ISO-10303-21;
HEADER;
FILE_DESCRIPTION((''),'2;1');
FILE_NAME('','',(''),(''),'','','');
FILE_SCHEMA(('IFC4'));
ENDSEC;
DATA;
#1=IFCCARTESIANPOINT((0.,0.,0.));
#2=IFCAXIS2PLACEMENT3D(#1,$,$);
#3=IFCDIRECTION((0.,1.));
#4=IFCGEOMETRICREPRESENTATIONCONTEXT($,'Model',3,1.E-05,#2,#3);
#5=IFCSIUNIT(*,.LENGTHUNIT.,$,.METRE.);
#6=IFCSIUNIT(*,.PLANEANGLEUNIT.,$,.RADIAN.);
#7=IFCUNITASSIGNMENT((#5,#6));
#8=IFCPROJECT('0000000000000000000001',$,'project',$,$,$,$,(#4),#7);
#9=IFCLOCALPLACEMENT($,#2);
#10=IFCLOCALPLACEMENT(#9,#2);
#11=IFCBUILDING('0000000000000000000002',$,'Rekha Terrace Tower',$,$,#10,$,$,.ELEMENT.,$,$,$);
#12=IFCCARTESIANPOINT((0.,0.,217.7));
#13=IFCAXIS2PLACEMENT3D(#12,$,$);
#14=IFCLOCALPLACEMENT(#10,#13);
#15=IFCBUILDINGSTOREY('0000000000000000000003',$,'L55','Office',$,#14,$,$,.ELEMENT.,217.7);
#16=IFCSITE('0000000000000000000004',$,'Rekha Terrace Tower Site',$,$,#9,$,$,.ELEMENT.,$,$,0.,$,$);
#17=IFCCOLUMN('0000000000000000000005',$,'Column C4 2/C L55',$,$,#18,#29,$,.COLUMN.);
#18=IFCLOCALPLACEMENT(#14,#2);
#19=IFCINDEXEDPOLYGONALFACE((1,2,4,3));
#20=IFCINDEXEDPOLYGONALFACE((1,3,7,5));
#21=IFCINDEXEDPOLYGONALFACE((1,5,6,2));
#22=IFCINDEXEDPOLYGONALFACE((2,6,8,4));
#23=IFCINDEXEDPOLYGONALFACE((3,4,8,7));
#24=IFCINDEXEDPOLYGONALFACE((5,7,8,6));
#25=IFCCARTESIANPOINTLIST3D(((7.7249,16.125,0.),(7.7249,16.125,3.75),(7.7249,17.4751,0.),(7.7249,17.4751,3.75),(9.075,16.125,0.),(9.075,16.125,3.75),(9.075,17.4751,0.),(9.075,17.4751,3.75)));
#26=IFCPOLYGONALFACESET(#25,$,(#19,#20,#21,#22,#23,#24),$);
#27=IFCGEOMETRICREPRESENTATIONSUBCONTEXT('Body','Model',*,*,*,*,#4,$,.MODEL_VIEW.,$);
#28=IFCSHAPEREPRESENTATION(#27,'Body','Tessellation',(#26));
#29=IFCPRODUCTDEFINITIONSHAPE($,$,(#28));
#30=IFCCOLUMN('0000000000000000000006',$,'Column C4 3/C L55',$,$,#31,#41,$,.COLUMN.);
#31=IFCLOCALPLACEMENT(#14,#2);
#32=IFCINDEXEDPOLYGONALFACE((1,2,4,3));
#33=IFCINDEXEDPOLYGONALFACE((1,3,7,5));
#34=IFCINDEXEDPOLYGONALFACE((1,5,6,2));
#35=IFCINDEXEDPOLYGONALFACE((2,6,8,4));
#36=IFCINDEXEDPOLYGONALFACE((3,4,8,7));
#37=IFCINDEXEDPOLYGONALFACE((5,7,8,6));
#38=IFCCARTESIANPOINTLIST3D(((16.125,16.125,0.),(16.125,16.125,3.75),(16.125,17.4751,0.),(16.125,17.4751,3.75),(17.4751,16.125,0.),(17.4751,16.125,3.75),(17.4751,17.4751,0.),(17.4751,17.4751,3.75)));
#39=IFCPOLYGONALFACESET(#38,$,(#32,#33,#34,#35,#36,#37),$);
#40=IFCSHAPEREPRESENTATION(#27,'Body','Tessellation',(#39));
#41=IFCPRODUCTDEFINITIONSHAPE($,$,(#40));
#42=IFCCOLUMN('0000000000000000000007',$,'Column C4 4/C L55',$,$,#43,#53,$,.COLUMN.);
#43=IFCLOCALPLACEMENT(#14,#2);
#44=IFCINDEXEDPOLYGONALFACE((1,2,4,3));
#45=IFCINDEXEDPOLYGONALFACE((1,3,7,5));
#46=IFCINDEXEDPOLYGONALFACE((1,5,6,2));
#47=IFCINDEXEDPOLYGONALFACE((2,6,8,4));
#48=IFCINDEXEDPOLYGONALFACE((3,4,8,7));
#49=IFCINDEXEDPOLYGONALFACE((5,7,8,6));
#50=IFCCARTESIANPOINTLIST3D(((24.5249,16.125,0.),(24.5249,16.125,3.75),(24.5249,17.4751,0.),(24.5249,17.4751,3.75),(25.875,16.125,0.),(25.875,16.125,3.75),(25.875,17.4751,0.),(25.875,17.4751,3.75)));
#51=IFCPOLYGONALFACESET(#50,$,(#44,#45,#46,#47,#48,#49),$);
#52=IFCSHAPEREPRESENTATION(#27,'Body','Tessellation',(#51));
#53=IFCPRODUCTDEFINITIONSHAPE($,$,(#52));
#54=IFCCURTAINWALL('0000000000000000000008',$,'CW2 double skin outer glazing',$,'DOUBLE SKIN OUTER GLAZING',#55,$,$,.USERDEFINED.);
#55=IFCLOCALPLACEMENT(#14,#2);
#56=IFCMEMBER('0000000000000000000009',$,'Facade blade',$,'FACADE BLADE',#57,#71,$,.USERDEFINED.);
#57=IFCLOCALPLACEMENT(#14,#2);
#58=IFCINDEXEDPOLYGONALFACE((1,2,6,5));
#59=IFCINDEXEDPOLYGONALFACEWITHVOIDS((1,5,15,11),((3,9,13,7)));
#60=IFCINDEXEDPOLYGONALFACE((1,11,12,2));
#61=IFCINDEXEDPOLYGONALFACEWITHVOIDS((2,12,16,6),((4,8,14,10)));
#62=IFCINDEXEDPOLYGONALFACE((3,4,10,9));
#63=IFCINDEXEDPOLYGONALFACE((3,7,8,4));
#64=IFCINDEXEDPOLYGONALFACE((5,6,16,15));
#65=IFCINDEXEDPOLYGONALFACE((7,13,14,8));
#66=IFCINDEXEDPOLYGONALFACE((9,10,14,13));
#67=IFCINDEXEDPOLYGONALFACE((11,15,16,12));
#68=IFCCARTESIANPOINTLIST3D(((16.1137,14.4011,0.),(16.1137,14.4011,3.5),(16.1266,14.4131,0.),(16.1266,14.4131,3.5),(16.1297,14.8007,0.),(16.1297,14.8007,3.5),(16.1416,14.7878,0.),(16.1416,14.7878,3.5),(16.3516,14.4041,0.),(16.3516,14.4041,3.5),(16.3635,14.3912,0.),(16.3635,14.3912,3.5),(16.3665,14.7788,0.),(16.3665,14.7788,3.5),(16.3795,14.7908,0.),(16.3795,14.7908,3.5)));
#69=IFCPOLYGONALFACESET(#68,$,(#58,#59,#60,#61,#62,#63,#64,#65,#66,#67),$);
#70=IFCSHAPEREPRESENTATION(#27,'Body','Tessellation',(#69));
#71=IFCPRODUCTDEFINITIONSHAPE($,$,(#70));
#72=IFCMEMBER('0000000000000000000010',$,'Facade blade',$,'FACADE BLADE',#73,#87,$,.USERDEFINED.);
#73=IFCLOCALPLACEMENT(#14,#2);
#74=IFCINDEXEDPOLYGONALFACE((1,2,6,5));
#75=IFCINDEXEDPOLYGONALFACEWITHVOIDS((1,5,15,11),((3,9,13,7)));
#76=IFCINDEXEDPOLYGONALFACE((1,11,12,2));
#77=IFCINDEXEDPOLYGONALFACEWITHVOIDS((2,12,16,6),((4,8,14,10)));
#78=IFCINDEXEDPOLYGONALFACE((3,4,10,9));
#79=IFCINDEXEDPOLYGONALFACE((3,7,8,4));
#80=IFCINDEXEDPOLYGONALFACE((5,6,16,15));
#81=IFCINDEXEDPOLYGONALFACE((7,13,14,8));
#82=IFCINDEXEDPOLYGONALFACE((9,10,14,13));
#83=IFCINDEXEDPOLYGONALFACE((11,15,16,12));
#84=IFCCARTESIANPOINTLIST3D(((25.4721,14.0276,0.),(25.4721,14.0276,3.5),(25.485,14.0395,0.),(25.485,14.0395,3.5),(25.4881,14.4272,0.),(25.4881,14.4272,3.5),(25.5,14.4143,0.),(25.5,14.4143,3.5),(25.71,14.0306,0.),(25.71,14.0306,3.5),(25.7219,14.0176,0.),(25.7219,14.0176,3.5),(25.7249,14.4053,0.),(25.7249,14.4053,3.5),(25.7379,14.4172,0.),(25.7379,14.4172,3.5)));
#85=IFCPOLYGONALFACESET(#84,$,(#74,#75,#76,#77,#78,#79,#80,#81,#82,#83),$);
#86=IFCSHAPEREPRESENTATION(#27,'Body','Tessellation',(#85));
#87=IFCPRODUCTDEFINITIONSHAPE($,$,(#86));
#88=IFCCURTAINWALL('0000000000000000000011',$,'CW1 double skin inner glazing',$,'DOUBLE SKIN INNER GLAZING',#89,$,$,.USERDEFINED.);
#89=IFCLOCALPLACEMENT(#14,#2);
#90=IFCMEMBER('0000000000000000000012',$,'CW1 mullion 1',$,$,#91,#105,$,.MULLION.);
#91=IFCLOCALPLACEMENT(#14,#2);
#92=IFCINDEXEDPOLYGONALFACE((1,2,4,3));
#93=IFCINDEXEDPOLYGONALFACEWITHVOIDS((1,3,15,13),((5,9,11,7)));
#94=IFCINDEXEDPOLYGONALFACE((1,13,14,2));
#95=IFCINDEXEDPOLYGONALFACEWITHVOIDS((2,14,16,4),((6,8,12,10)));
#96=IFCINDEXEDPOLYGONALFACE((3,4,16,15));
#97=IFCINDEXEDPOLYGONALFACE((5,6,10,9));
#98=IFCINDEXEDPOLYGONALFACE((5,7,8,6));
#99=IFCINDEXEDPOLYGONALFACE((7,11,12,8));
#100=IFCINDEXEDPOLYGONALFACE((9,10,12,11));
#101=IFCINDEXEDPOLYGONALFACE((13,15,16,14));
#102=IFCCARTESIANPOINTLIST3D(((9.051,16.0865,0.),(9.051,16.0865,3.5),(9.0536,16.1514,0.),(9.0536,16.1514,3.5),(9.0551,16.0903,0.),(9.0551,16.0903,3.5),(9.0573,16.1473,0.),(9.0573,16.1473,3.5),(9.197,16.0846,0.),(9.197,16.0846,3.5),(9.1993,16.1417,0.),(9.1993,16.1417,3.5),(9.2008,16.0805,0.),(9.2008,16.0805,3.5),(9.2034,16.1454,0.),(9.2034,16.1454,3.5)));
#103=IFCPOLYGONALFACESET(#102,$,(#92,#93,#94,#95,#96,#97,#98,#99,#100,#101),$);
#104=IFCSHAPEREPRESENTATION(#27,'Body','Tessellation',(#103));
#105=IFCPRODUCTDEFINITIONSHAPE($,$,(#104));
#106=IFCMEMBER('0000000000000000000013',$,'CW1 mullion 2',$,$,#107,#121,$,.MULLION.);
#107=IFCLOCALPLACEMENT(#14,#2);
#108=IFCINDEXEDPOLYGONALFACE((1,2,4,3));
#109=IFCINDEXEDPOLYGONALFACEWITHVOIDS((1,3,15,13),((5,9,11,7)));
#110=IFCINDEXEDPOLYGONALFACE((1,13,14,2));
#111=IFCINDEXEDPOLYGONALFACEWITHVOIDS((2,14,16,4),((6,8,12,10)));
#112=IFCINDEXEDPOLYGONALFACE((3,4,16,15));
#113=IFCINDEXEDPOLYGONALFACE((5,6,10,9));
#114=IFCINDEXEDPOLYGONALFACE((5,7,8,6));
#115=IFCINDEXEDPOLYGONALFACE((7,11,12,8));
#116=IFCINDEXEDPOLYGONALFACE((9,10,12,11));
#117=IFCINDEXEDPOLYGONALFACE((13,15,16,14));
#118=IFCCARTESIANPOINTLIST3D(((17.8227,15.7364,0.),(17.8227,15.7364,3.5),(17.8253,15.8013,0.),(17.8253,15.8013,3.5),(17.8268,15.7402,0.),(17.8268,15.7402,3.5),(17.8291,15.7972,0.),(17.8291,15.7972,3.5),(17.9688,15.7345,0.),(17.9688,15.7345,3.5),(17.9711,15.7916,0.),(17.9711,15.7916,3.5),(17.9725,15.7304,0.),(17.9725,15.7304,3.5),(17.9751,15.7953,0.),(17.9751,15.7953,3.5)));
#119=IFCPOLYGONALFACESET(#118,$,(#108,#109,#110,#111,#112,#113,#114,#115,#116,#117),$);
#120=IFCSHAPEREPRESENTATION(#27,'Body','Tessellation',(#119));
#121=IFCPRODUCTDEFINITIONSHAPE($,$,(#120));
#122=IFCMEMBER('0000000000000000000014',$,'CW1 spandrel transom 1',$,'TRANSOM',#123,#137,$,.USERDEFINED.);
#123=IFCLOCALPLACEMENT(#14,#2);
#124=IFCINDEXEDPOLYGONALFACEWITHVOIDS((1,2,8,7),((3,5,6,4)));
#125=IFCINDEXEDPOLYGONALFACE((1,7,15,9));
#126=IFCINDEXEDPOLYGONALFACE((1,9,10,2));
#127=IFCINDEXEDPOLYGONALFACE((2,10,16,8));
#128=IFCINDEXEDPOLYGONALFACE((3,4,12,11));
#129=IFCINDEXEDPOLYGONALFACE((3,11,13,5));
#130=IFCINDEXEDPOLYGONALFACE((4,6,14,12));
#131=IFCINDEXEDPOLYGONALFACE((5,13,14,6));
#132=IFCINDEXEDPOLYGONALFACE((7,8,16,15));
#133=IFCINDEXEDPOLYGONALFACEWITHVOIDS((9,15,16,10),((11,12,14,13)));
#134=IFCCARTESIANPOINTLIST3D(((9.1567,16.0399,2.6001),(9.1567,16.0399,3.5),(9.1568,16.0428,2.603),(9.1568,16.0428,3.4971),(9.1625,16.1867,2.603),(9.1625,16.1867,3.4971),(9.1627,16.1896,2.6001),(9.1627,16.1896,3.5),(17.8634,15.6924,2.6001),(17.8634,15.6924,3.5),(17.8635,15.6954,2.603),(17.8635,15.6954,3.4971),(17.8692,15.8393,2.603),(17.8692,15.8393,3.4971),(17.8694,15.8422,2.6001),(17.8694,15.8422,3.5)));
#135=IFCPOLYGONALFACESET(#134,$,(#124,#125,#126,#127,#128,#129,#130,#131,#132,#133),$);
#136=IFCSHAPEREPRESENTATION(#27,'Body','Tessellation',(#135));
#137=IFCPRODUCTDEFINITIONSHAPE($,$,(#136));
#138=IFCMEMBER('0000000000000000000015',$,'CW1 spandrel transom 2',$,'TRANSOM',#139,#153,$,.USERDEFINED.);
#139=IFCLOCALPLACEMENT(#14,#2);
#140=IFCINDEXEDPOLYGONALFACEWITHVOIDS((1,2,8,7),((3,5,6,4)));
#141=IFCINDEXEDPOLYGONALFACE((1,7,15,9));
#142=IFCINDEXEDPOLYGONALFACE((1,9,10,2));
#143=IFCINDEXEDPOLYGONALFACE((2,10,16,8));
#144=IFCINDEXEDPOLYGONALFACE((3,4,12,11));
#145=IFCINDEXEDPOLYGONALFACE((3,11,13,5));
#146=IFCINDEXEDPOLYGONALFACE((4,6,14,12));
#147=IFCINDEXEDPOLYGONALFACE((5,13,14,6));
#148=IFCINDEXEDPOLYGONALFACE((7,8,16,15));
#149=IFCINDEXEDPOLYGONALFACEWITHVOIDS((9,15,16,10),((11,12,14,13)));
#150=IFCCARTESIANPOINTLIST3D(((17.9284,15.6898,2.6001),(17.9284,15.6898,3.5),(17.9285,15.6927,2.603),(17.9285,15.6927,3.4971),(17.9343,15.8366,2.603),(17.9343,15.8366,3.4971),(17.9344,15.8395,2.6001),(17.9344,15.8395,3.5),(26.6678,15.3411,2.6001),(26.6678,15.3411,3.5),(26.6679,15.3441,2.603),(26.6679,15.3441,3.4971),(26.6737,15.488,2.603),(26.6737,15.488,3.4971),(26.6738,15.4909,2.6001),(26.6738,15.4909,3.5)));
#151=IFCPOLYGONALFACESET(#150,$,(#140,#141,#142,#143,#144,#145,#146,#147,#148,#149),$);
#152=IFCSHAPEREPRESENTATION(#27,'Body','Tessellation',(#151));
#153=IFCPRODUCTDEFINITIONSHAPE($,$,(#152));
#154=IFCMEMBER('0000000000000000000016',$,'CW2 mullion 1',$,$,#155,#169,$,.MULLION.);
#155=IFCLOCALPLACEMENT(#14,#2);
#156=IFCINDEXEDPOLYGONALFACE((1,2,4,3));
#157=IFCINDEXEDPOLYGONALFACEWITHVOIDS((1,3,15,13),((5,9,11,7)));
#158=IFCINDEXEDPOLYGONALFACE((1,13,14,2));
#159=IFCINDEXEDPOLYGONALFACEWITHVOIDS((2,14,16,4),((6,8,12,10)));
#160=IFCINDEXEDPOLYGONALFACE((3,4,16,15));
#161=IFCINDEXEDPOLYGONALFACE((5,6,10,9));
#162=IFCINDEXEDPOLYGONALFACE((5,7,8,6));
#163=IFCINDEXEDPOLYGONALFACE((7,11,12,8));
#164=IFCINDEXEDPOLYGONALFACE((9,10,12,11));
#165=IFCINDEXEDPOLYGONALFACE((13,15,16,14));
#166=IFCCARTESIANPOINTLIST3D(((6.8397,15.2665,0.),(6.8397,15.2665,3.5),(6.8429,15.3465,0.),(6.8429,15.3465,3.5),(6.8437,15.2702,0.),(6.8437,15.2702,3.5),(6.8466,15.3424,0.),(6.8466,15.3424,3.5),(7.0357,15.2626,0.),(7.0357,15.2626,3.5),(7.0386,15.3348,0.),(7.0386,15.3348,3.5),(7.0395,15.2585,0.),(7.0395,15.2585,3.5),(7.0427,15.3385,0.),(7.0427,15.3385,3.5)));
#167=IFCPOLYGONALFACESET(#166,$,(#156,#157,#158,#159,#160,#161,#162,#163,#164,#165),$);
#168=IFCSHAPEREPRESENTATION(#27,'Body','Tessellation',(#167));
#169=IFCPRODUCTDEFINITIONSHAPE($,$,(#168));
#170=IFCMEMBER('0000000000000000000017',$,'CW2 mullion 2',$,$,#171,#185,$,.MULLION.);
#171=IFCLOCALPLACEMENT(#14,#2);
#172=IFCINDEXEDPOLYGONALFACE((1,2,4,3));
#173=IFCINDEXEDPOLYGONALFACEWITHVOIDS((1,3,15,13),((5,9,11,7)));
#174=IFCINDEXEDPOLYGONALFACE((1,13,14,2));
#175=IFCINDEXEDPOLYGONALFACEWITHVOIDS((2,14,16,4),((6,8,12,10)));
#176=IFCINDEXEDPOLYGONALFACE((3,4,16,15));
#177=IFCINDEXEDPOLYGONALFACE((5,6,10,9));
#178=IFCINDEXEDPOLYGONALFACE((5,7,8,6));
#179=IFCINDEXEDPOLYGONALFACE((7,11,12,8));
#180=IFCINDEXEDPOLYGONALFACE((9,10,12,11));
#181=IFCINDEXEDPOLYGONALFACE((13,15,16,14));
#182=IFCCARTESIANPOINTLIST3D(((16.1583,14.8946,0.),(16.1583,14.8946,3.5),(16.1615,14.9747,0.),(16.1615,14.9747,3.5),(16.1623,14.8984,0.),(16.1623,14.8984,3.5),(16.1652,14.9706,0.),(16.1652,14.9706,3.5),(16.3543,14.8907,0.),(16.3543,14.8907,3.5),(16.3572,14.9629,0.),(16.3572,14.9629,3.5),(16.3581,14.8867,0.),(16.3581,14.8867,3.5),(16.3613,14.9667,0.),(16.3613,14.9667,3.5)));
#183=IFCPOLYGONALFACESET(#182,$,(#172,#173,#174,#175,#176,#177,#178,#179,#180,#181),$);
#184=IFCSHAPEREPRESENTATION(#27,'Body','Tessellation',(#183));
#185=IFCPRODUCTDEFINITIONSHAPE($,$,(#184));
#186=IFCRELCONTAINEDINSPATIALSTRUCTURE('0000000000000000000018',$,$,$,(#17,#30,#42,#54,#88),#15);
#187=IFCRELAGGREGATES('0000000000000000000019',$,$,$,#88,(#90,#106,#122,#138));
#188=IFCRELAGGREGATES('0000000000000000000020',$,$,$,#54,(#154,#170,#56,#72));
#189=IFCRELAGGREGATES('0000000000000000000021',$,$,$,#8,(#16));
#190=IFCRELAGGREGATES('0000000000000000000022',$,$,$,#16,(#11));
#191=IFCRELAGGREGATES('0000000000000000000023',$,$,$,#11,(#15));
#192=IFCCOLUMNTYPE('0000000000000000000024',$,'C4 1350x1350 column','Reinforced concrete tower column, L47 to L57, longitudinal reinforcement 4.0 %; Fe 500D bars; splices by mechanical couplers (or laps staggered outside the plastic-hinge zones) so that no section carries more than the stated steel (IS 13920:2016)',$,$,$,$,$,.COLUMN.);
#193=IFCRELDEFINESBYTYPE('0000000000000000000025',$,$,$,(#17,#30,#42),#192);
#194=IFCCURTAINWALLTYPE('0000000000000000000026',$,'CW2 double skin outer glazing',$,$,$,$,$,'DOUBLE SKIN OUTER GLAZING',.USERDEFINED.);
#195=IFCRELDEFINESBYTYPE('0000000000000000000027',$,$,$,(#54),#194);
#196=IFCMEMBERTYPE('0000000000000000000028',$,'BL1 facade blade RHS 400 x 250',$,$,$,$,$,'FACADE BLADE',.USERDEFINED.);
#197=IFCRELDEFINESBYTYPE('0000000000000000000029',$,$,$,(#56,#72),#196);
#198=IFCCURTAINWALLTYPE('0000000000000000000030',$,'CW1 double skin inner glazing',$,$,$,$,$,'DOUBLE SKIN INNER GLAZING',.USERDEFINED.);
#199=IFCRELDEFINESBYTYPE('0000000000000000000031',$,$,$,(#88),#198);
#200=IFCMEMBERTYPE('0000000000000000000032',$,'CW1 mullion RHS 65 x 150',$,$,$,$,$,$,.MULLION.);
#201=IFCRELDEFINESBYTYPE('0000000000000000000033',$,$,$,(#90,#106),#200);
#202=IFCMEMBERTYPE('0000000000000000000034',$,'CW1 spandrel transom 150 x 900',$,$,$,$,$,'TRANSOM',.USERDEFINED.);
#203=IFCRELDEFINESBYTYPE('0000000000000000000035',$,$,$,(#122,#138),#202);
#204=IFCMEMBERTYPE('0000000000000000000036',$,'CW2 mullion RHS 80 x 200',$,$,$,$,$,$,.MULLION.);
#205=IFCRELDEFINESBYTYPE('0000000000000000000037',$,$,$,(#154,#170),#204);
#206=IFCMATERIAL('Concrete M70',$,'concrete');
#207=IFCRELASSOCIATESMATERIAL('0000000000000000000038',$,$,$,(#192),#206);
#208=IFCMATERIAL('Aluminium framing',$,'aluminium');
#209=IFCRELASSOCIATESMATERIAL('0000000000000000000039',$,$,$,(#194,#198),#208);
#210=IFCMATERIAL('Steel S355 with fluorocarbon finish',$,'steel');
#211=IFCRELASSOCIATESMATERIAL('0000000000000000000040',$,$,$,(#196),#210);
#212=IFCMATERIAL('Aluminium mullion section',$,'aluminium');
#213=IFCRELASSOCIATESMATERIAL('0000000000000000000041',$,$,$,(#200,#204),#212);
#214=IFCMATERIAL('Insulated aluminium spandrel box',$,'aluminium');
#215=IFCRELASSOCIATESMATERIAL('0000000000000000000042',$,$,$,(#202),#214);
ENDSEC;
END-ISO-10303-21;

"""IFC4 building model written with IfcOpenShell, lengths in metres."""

from ifc_helpers import new_model, si_unit, direction, frame, origin, origin_2d, place, context, subcontext, project, spatial, rectangle, hollow_rectangle, extrude, material, material_profile, profile_set, type_object, element, aggregate, save


model = new_model("IFC4")

# Units and contexts
model_context = context("Model", 3, precision=1e-05, world=origin(), true_north=direction((0.0, 1.0)))
body_context = subcontext(model_context, "Body", "Model", "MODEL_VIEW")
ifc_project = project(units=[si_unit("LENGTHUNIT", "METRE"), si_unit("PLANEANGLEUNIT", "RADIAN")], contexts=[model_context])

# Site, building, storey
site_placement = place(None, origin())
site = spatial("IfcSite", under=ifc_project, at=site_placement, Name="Rekha Terrace Tower Site", CompositionType="ELEMENT", RefElevation=0.0)
building_placement = place(site_placement, origin())
building = spatial("IfcBuilding", under=site, at=building_placement, Name="Rekha Terrace Tower", CompositionType="ELEMENT")
storey_placement = place(building_placement, frame((0.0, 0.0, 217.7)))
storey = spatial("IfcBuildingStorey", under=building, at=storey_placement, Name="L55", Description="Office", CompositionType="ELEMENT", Elevation=217.7)

# Columns
ifc_material_1 = material(Name="Concrete M70", Category="concrete")
ifc_material_profile_1 = material_profile(ifc_material_1, rectangle(XDim=1.3501, YDim=1.3501, at=origin_2d()), Name="RC 1350x1350")
ifc_profile_set_1 = profile_set([ifc_material_profile_1], Name="Concrete M70")
column_type = type_object("IfcColumnType", Name="C4 1350x1350 column", Description="Reinforced concrete tower column, L47 to L57, longitudinal reinforcement 4.0 %; Fe 500D bars; splices by mechanical couplers (or laps staggered outside the plastic-hinge zones) so that no section carries more than the stated steel (IS 13920:2016)", PredefinedType="COLUMN", material=ifc_profile_set_1)
for number, where, z_axis, x_axis, name in (
    (1, (8.3999, 16.8, 0.0), (0.0, 0.0, 1.0), (1.0, 0.0, 0.0), "Column C4 2/C L55"),
    (2, (16.8, 16.8, 0.0), (0.0, 0.0, 1.0), (1.0, 0.0, 0.0), "Column C4 3/C L55"),
    (3, (25.2, 16.8, 0.0), (0.0, 0.0, 1.0), (1.0, 0.0, 0.0), "Column C4 4/C L55"),
):
    element("IfcColumn", number, at=place(storey_placement, frame(where, z_axis=z_axis, x_axis=x_axis)), inside=storey, type_object=column_type, Name=name, PredefinedType="COLUMN", context=body_context, shape_type="SweptSolid", body=[
        extrude(rectangle(XDim=1.3501, YDim=1.3501, at=origin_2d()), origin(), (0.0, 0.0, 1.0), 3.75),
    ])

# Curtain walls, members
ifc_material_2 = material(Name="Aluminium framing", Category="aluminium")
curtain_wall_type_1 = type_object("IfcCurtainWallType", Name="CW2 double skin outer glazing", ElementType="DOUBLE SKIN OUTER GLAZING", PredefinedType="USERDEFINED", material=ifc_material_2)
curtain_wall_1_placement = place(storey_placement, origin())
curtain_wall_1 = element("IfcCurtainWall", 4, at=curtain_wall_1_placement, inside=storey, type_object=curtain_wall_type_1, Name="CW2 double skin outer glazing", ObjectType="DOUBLE SKIN OUTER GLAZING", PredefinedType="USERDEFINED")
ifc_material_3 = material(Name="Steel S355 with fluorocarbon finish", Category="steel")
ifc_material_profile_2 = material_profile(ifc_material_3, hollow_rectangle(XDim=0.25, YDim=0.3999, WallThickness=0.0125, at=origin_2d()), Name="RHS400x250x12.5")
ifc_profile_set_2 = profile_set([ifc_material_profile_2], Name="Steel S355 with fluorocarbon finish")
member_type_1 = type_object("IfcMemberType", Name="BL1 facade blade RHS 400 x 250", ElementType="FACADE BLADE", PredefinedType="USERDEFINED", material=ifc_profile_set_2)
member_1_placement = place(storey_placement, frame((16.2466, 14.5959, 0.0), z_axis=(0.0, 0.0, 1.0), x_axis=(0.999205, -0.039872, 0.0)))
member_1 = element("IfcMember", 5, at=member_1_placement, type_object=member_type_1, Name="Facade blade", ObjectType="FACADE BLADE", PredefinedType="USERDEFINED", context=body_context, shape_type="SweptSolid", body=[
    extrude(hollow_rectangle(XDim=0.25, YDim=0.3999, WallThickness=0.0125, at=origin_2d()), origin(), (0.0, 0.0, 1.0), 3.5),
])
member_2_placement = place(storey_placement, frame((25.605, 14.2224, 0.0), z_axis=(0.0, 0.0, 1.0), x_axis=(0.999205, -0.039872, 0.0)))
member_2 = element("IfcMember", 6, at=member_2_placement, type_object=member_type_1, Name="Facade blade", ObjectType="FACADE BLADE", PredefinedType="USERDEFINED", context=body_context, shape_type="SweptSolid", body=[
    extrude(hollow_rectangle(XDim=0.25, YDim=0.3999, WallThickness=0.0125, at=origin_2d()), origin(), (0.0, 0.0, 1.0), 3.5),
])
curtain_wall_type_2 = type_object("IfcCurtainWallType", Name="CW1 double skin inner glazing", ElementType="DOUBLE SKIN INNER GLAZING", PredefinedType="USERDEFINED", material=ifc_material_2)
curtain_wall_2_placement = place(storey_placement, origin())
curtain_wall_2 = element("IfcCurtainWall", 7, at=curtain_wall_2_placement, inside=storey, type_object=curtain_wall_type_2, Name="CW1 double skin inner glazing", ObjectType="DOUBLE SKIN INNER GLAZING", PredefinedType="USERDEFINED")
ifc_material_4 = material(Name="Aluminium mullion section", Category="aluminium")
ifc_material_profile_3 = material_profile(ifc_material_4, hollow_rectangle(XDim=0.0649, YDim=0.1499, WallThickness=0.0039, at=origin_2d()), Name="AL RHS 65x150")
ifc_profile_set_3 = profile_set([ifc_material_profile_3], Name="Aluminium mullion section")
member_type_2 = type_object("IfcMemberType", Name="CW1 mullion RHS 65 x 150", PredefinedType="MULLION", material=ifc_profile_set_3)
member_3_placement = place(storey_placement, frame((9.1272, 16.116, 0.0), z_axis=(0.0, 0.0, 1.0), x_axis=(0.039872, 0.999205, 0.0)))
member_3 = element("IfcMember", 8, at=member_3_placement, type_object=member_type_2, Name="CW1 mullion 1", PredefinedType="MULLION", context=body_context, shape_type="SweptSolid", body=[
    extrude(hollow_rectangle(XDim=0.0649, YDim=0.1499, WallThickness=0.0039, at=origin_2d()), origin(), (0.0, 0.0, 1.0), 3.5),
])
member_4_placement = place(storey_placement, frame((17.8989, 15.7659, 0.0), z_axis=(0.0, 0.0, 1.0), x_axis=(0.039872, 0.999205, 0.0)))
member_4 = element("IfcMember", 9, at=member_4_placement, type_object=member_type_2, Name="CW1 mullion 2", PredefinedType="MULLION", context=body_context, shape_type="SweptSolid", body=[
    extrude(hollow_rectangle(XDim=0.0649, YDim=0.1499, WallThickness=0.0039, at=origin_2d()), origin(), (0.0, 0.0, 1.0), 3.5),
])
ifc_material_5 = material(Name="Insulated aluminium spandrel box", Category="aluminium")
ifc_material_profile_4 = material_profile(ifc_material_5, hollow_rectangle(XDim=0.1499, YDim=0.8999, WallThickness=0.0029, at=origin_2d()), Name="AL SPANDREL BOX 150x900")
ifc_profile_set_4 = profile_set([ifc_material_profile_4], Name="Insulated aluminium spandrel box")
member_type_3 = type_object("IfcMemberType", Name="CW1 spandrel transom 150 x 900", ElementType="TRANSOM", PredefinedType="USERDEFINED", material=ifc_profile_set_4)
member_5_placement = place(storey_placement, frame((9.1597, 16.1147, 3.05), z_axis=(0.999205, -0.03987, 0.0), x_axis=(0.03987, 0.999205, 0.0)))
member_5 = element("IfcMember", 10, at=member_5_placement, type_object=member_type_3, Name="CW1 spandrel transom 1", ObjectType="TRANSOM", PredefinedType="USERDEFINED", context=body_context, shape_type="SweptSolid", body=[
    extrude(hollow_rectangle(XDim=0.1499, YDim=0.8999, WallThickness=0.0029, at=origin_2d()), origin(), (0.0, 0.0, 1.0), 8.7136),
])
member_6_placement = place(storey_placement, frame((17.9314, 15.7646, 3.05), z_axis=(0.999205, -0.03986, 0.0), x_axis=(0.03986, 0.999205, 0.0)))
member_6 = element("IfcMember", 11, at=member_6_placement, type_object=member_type_3, Name="CW1 spandrel transom 2", ObjectType="TRANSOM", PredefinedType="USERDEFINED", context=body_context, shape_type="SweptSolid", body=[
    extrude(hollow_rectangle(XDim=0.1499, YDim=0.8999, WallThickness=0.0029, at=origin_2d()), origin(), (0.0, 0.0, 1.0), 8.7463),
])

# Members
ifc_material_profile_5 = material_profile(ifc_material_4, hollow_rectangle(XDim=0.0801, YDim=0.2, WallThickness=0.0039, at=origin_2d()), Name="AL RHS 80x200")
ifc_profile_set_5 = profile_set([ifc_material_profile_5], Name="Aluminium mullion section")
member_type_4 = type_object("IfcMemberType", Name="CW2 mullion RHS 80 x 200", PredefinedType="MULLION", material=ifc_profile_set_5)
member_7_placement = place(storey_placement, frame((6.9412, 15.3025, 0.0), z_axis=(0.0, 0.0, 1.0), x_axis=(0.039872, 0.999205, 0.0)))
member_7 = element("IfcMember", 12, at=member_7_placement, type_object=member_type_4, Name="CW2 mullion 1", PredefinedType="MULLION", context=body_context, shape_type="SweptSolid", body=[
    extrude(hollow_rectangle(XDim=0.0801, YDim=0.2, WallThickness=0.0039, at=origin_2d()), origin(), (0.0, 0.0, 1.0), 3.5),
])
member_8_placement = place(storey_placement, frame((16.2598, 14.9307, 0.0), z_axis=(0.0, 0.0, 1.0), x_axis=(0.039872, 0.999205, 0.0)))
member_8 = element("IfcMember", 13, at=member_8_placement, type_object=member_type_4, Name="CW2 mullion 2", PredefinedType="MULLION", context=body_context, shape_type="SweptSolid", body=[
    extrude(hollow_rectangle(XDim=0.0801, YDim=0.2, WallThickness=0.0039, at=origin_2d()), origin(), (0.0, 0.0, 1.0), 3.5),
])

aggregate(curtain_wall_2, [member_3, member_4, member_5, member_6])
aggregate(curtain_wall_1, [member_7, member_8, member_1, member_2])

save(model, "model.ifc")
